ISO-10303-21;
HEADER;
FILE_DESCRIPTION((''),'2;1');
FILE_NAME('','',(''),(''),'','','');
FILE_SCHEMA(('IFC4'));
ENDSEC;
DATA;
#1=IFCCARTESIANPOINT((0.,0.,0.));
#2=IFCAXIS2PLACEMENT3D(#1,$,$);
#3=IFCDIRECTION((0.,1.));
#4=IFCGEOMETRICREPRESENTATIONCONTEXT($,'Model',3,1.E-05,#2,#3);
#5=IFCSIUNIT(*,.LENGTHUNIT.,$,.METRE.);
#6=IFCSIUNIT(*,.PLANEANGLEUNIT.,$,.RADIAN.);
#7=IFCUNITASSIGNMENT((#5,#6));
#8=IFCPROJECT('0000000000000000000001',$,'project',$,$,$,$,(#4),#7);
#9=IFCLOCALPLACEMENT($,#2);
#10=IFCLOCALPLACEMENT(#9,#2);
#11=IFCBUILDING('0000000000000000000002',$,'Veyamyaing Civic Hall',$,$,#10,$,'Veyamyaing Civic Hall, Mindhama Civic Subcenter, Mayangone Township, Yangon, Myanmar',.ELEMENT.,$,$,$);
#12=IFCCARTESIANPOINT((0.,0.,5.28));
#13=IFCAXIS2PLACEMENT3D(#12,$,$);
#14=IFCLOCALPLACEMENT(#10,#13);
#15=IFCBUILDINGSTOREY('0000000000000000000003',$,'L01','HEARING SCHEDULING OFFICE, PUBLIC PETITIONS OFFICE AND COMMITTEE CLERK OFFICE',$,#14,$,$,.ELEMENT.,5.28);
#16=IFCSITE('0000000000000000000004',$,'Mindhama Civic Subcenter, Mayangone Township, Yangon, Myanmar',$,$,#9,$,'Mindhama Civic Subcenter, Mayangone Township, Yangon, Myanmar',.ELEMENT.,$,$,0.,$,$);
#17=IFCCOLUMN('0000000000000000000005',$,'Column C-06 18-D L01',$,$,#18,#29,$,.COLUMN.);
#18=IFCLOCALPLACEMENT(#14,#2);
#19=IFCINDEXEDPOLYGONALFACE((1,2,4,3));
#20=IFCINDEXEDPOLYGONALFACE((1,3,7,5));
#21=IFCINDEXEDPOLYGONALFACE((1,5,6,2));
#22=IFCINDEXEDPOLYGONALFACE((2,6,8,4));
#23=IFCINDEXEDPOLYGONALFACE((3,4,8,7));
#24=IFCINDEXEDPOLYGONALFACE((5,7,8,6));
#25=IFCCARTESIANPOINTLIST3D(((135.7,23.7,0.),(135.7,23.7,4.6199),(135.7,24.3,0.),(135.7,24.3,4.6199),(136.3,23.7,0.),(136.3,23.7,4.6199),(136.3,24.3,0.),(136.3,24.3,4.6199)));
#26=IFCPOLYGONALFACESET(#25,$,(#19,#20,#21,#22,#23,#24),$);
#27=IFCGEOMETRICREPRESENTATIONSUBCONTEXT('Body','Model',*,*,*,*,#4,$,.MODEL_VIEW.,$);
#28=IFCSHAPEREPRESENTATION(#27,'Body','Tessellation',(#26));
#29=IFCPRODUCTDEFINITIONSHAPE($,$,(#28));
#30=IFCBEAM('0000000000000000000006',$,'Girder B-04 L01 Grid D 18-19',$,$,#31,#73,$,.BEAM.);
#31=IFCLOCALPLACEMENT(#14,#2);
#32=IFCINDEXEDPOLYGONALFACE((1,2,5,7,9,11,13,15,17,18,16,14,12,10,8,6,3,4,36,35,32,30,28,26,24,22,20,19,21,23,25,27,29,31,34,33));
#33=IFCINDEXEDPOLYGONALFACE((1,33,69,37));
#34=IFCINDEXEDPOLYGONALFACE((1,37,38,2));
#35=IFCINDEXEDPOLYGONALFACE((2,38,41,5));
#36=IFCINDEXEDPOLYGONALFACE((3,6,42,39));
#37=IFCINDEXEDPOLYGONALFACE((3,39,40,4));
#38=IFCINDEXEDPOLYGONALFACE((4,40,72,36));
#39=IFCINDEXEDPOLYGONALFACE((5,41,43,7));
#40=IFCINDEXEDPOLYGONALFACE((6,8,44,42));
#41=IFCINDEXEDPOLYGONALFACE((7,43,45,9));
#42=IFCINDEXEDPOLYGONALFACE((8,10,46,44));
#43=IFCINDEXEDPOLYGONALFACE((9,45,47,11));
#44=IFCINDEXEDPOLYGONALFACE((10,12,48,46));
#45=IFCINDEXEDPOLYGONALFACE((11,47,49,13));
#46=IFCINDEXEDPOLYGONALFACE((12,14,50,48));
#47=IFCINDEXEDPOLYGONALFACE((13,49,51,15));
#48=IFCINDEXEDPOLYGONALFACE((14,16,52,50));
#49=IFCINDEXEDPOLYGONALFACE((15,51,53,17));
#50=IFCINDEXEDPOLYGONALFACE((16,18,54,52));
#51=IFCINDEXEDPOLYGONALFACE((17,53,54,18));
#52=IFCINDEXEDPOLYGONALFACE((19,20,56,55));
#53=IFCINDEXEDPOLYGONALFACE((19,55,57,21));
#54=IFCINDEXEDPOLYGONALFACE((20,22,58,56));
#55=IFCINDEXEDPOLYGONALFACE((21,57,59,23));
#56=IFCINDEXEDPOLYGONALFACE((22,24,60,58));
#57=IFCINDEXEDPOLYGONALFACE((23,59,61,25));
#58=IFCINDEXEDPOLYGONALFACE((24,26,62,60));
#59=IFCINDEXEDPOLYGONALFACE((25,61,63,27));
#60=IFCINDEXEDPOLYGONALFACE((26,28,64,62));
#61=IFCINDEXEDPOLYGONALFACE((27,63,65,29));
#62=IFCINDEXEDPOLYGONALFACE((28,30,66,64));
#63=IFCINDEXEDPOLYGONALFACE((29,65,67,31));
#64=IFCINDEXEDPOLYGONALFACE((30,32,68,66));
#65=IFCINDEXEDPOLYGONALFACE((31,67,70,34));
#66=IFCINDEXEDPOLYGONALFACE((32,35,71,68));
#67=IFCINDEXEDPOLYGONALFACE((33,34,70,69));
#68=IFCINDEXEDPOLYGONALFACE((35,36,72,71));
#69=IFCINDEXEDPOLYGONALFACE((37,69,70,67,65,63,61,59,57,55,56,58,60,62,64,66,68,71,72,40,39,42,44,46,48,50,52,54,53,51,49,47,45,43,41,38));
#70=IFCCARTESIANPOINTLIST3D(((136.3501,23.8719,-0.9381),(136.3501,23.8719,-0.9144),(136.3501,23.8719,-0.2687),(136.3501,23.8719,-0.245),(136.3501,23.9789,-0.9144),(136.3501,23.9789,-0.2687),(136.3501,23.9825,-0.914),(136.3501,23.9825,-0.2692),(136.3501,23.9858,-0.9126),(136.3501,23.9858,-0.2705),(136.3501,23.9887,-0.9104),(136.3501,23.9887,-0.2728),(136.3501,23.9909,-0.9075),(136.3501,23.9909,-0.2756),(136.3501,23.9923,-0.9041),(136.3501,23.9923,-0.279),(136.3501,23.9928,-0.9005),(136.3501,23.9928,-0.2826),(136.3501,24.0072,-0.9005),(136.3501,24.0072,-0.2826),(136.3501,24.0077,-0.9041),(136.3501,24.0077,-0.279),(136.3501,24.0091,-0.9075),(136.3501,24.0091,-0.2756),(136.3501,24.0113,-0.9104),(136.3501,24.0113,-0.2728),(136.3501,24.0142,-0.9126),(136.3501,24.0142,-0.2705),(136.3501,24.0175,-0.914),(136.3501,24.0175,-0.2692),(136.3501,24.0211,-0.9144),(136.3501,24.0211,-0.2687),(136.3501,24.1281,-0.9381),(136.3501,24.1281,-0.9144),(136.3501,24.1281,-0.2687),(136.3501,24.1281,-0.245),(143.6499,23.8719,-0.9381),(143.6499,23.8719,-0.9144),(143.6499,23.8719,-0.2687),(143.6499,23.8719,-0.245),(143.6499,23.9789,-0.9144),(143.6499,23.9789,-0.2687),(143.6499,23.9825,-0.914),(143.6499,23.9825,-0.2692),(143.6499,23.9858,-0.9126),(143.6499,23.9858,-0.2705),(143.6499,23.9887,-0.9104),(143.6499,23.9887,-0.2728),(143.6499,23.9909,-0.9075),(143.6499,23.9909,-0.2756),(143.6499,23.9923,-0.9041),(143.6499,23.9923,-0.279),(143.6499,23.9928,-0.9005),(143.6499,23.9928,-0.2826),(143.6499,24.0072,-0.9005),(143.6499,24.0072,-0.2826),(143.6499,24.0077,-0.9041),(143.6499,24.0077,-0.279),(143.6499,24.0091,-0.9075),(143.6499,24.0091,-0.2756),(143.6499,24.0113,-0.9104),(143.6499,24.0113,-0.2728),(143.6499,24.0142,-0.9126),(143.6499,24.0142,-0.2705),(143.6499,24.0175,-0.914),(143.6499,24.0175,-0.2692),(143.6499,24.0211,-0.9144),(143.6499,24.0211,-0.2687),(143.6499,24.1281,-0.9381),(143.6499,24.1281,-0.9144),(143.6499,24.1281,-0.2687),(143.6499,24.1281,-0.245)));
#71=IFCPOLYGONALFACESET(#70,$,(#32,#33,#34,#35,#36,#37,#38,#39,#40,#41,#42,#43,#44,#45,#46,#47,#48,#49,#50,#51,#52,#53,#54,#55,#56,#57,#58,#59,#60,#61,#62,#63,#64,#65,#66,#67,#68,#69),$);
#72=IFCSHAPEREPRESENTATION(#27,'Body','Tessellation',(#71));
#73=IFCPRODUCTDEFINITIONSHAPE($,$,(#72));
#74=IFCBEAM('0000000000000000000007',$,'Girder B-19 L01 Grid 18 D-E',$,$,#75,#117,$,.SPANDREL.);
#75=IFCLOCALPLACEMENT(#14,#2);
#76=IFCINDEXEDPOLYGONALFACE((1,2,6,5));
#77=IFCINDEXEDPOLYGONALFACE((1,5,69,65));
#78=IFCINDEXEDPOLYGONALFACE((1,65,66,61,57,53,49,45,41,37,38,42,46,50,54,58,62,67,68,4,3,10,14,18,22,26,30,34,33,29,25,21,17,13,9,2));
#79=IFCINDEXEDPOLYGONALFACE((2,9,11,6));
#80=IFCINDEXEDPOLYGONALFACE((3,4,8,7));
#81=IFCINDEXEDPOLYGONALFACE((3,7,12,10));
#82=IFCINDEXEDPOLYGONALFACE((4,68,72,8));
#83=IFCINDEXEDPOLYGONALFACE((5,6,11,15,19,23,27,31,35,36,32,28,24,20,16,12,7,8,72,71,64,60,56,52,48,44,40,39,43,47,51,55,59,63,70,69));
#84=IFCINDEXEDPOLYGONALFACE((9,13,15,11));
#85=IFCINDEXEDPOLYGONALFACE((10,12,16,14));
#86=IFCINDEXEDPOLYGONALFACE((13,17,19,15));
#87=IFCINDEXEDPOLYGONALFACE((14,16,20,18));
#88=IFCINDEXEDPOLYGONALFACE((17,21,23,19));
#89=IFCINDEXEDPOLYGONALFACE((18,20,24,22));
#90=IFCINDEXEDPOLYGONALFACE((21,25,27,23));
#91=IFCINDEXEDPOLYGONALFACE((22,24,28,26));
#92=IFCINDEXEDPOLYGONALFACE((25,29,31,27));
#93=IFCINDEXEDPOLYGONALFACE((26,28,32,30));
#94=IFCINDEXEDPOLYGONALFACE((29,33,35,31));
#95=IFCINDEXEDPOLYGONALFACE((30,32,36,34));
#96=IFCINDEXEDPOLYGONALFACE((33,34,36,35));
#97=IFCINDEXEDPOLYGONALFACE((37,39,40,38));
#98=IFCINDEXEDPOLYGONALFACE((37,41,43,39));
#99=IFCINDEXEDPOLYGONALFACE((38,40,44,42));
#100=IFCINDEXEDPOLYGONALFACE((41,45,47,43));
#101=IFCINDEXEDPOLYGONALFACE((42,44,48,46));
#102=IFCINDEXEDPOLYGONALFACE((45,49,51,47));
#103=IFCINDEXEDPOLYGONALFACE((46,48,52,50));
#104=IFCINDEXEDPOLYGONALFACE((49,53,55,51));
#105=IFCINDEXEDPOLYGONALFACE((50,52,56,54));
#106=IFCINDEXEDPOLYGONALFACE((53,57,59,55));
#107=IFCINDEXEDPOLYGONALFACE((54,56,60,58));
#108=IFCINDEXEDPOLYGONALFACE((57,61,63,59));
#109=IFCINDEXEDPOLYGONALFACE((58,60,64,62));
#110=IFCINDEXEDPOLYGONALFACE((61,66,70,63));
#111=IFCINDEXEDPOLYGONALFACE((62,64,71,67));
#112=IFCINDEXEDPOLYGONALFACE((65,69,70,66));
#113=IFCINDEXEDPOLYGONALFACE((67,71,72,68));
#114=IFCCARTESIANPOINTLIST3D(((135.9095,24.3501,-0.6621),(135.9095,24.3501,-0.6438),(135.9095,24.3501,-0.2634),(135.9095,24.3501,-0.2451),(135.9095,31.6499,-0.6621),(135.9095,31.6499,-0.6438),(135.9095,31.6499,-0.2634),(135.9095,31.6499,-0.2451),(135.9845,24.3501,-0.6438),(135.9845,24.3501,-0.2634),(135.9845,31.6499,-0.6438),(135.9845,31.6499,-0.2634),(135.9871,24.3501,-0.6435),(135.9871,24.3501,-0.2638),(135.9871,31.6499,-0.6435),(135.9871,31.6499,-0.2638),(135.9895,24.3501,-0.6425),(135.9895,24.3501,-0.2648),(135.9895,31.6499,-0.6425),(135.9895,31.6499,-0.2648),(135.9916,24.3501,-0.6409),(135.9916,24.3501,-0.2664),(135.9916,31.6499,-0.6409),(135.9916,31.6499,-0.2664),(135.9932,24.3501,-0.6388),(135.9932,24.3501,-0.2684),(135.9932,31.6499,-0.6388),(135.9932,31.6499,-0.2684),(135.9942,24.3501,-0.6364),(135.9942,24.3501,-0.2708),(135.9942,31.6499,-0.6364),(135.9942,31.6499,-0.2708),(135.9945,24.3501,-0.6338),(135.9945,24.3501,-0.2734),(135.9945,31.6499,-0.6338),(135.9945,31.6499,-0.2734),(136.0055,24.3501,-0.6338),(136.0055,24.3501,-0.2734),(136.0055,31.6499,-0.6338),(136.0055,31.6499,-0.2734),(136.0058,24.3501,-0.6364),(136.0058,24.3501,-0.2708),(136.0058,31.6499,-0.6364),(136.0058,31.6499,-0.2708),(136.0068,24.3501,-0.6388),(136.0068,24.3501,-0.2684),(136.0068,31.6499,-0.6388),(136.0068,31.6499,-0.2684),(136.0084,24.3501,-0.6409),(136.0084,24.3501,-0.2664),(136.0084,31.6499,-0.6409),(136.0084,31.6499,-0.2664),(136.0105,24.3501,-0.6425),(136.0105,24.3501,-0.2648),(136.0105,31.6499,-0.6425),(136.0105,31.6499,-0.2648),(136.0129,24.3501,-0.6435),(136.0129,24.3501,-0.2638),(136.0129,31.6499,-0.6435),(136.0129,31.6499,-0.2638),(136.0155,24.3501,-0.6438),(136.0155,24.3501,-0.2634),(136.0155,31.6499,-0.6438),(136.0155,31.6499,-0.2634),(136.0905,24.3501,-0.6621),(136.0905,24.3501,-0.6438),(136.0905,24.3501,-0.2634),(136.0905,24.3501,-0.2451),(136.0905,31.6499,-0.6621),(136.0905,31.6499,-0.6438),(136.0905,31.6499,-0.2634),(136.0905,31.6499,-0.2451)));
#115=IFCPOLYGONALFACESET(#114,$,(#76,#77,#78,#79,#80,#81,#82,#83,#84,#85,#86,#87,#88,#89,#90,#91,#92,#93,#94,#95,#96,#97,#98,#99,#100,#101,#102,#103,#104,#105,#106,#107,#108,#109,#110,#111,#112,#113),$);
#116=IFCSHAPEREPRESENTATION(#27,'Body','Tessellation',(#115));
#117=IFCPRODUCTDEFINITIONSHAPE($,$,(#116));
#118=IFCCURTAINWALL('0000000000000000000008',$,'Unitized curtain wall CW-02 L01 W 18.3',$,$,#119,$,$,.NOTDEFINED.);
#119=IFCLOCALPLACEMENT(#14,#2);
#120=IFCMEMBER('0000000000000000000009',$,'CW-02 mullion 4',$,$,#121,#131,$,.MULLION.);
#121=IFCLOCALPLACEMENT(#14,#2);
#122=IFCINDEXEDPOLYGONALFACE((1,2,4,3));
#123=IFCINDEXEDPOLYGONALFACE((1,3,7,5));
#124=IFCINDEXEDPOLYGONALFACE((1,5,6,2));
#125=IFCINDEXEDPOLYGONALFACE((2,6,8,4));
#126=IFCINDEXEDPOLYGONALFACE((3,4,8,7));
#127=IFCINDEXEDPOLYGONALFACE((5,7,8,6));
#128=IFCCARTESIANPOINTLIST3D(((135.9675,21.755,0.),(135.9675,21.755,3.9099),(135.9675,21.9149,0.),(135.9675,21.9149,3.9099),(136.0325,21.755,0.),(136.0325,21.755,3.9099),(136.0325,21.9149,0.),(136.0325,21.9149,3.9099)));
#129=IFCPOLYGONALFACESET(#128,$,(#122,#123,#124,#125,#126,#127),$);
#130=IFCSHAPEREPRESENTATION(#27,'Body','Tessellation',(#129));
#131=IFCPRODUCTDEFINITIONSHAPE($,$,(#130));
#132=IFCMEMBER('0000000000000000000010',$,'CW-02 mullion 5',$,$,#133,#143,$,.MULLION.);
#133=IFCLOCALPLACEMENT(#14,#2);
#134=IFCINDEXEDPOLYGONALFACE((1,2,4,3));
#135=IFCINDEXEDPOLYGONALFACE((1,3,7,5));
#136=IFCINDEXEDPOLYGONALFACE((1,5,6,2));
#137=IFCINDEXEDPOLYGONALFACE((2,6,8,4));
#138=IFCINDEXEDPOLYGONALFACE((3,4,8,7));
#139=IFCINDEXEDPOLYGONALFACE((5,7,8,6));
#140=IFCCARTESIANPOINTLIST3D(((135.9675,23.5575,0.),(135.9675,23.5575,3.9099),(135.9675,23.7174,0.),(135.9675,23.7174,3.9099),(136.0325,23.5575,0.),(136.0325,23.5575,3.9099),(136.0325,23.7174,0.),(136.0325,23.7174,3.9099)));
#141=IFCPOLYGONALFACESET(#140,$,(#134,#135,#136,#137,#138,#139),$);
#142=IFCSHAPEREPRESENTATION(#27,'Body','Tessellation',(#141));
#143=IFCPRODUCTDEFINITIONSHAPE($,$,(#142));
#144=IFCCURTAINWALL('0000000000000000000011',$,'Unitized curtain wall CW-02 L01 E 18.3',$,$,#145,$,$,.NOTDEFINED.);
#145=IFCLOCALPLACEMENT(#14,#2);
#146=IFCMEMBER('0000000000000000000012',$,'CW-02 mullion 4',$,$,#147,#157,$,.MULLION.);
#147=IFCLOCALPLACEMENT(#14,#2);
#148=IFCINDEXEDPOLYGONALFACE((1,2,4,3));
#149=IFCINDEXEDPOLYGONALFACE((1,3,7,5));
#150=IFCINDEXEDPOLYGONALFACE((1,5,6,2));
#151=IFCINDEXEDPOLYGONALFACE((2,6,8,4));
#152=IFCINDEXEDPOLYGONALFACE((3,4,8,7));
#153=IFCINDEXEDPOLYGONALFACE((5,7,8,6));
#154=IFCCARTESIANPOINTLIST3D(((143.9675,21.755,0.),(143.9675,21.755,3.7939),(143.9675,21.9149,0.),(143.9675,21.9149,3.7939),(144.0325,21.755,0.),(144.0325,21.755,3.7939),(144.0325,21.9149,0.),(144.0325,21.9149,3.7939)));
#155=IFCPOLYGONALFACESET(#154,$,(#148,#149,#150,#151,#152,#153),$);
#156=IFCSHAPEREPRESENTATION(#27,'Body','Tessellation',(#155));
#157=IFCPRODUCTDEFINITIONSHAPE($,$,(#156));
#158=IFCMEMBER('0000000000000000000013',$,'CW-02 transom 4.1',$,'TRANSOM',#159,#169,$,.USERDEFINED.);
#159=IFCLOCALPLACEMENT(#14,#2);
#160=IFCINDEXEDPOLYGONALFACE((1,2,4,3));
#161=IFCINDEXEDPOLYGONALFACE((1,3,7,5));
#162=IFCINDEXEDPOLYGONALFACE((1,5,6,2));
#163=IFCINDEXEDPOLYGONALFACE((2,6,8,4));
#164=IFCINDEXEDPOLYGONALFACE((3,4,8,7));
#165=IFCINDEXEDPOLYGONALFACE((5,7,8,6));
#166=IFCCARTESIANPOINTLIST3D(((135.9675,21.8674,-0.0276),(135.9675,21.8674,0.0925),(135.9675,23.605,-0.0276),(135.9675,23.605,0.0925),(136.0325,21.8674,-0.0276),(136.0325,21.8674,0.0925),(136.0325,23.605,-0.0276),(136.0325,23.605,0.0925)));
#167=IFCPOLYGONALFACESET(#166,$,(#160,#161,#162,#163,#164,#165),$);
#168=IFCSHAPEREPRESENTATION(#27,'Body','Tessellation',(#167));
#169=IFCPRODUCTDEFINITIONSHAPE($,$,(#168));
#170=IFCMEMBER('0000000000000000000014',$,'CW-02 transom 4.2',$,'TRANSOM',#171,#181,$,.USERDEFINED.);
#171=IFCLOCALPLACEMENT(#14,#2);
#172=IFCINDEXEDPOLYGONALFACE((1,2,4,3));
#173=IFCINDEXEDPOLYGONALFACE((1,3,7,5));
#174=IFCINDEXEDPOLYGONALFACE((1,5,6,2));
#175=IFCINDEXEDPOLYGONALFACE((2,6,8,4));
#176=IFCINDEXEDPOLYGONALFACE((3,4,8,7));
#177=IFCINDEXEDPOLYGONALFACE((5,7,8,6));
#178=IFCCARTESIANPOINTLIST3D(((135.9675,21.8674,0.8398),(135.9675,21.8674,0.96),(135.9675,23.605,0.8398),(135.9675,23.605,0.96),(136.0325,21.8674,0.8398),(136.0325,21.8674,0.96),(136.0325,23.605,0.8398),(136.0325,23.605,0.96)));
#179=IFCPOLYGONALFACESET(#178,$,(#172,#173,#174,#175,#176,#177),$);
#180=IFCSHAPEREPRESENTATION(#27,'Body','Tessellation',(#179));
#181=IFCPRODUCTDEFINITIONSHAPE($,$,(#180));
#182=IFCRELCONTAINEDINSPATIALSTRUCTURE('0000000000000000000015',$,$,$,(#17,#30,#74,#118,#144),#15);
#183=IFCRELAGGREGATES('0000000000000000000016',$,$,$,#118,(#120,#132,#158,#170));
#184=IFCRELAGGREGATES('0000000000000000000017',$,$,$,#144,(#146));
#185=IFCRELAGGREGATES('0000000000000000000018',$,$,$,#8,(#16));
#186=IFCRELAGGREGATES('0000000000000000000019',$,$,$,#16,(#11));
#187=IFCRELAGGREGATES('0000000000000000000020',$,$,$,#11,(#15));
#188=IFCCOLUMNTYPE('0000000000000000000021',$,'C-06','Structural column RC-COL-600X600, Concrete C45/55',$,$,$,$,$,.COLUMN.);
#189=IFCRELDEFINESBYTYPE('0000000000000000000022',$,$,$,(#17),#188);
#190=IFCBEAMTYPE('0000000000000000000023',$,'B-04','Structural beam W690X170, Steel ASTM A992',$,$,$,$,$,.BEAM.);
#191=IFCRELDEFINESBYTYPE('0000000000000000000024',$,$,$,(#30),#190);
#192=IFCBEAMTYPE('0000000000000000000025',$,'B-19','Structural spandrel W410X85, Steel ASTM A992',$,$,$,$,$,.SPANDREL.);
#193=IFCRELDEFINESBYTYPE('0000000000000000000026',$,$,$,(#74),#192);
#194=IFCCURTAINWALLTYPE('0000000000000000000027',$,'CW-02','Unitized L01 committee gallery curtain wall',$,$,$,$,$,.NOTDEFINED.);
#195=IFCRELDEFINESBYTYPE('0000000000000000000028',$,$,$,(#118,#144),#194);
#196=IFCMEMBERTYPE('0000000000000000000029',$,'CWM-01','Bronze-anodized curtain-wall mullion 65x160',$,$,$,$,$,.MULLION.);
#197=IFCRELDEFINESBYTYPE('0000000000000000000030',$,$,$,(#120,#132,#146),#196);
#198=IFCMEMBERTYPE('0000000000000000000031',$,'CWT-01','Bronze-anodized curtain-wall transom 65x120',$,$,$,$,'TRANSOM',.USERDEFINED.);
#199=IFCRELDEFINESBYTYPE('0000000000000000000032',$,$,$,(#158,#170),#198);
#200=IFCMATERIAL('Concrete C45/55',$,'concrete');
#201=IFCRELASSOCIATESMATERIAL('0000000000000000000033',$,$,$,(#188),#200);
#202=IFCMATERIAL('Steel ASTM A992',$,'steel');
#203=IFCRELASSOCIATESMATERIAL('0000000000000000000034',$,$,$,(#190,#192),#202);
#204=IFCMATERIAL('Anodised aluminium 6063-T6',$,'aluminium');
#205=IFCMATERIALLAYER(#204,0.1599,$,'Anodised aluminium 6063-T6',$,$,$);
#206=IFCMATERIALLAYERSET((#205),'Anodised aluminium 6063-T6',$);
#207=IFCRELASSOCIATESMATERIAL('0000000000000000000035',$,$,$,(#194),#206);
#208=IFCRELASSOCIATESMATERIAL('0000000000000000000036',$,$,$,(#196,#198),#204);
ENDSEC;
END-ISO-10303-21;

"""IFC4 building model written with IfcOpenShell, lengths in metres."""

from ifc_helpers import new_model, si_unit, direction, frame, origin, origin_2d, place, context, subcontext, project, spatial, rectangle, i_section, extrude, material, layer, layer_set, material_profile, profile_set, type_object, element, aggregate, save


model = new_model("IFC4")

# Units and contexts
model_context = context("Model", 3, precision=1e-05, world=origin(), true_north=direction((0.0, 1.0)))
body_context = subcontext(model_context, "Body", "Model", "MODEL_VIEW")
ifc_project = project(units=[si_unit("LENGTHUNIT", "METRE"), si_unit("PLANEANGLEUNIT", "RADIAN")], contexts=[model_context])

# Site, building, storey
site_placement = place(None, origin())
site = spatial("IfcSite", under=ifc_project, at=site_placement, Name="Mindhama Civic Subcenter, Mayangone Township, Yangon, Myanmar", LongName="Mindhama Civic Subcenter, Mayangone Township, Yangon, Myanmar", CompositionType="ELEMENT", RefElevation=0.0)
building_placement = place(site_placement, origin())
building = spatial("IfcBuilding", under=site, at=building_placement, Name="Veyamyaing Civic Hall", LongName="Veyamyaing Civic Hall, Mindhama Civic Subcenter, Mayangone Township, Yangon, Myanmar", CompositionType="ELEMENT")
storey_placement = place(building_placement, frame((0.0, 0.0, 5.28)))
storey = spatial("IfcBuildingStorey", under=building, at=storey_placement, Name="L01", Description="HEARING SCHEDULING OFFICE, PUBLIC PETITIONS OFFICE AND COMMITTEE CLERK OFFICE", CompositionType="ELEMENT", Elevation=5.28)

# Column
ifc_material_1 = material(Name="Concrete C45/55", Category="concrete")
ifc_material_profile_1 = material_profile(ifc_material_1, rectangle(XDim=0.6001, YDim=0.6001, at=origin_2d()), Name="RC-COL-600X600")
ifc_profile_set_1 = profile_set([ifc_material_profile_1], Name="Concrete C45/55")
column_type = type_object("IfcColumnType", Name="C-06", Description="Structural column RC-COL-600X600, Concrete C45/55", PredefinedType="COLUMN", material=ifc_profile_set_1)
column_placement = place(storey_placement, frame((136.0, 24.0, 0.0), z_axis=(0.0, 0.0, 1.0), x_axis=(1.0, 0.0, 0.0)))
element("IfcColumn", 1, at=column_placement, inside=storey, type_object=column_type, Name="Column C-06 18-D L01", PredefinedType="COLUMN", context=body_context, shape_type="SweptSolid", body=[
    extrude(rectangle(XDim=0.6001, YDim=0.6001, at=origin_2d()), origin(), (0.0, 0.0, 1.0), 4.6199),
])

# Beams
ifc_material_2 = material(Name="Steel ASTM A992", Category="steel")
ifc_material_profile_2 = material_profile(ifc_material_2, i_section(OverallWidth=0.2561, OverallDepth=0.6931, WebThickness=0.0144, FlangeThickness=0.0237, FilletRadius=0.0139, at=origin_2d()), Name="W690X170")
ifc_profile_set_2 = profile_set([ifc_material_profile_2], Name="Steel ASTM A992")
beam_type_1 = type_object("IfcBeamType", Name="B-04", Description="Structural beam W690X170, Steel ASTM A992", PredefinedType="BEAM", material=ifc_profile_set_2)
beam_1_placement = place(storey_placement, frame((136.3501, 24.0, -0.5916), z_axis=(1.0, 0.0, 0.0), x_axis=(0.0, 1.0, 0.0)))
element("IfcBeam", 2, at=beam_1_placement, inside=storey, type_object=beam_type_1, Name="Girder B-04 L01 Grid D 18-19", PredefinedType="BEAM", context=body_context, shape_type="SweptSolid", body=[
    extrude(i_section(OverallWidth=0.2561, OverallDepth=0.6931, WebThickness=0.0144, FlangeThickness=0.0237, FilletRadius=0.0139, at=origin_2d()), origin(), (0.0, 0.0, 1.0), 7.2998),
])
ifc_material_profile_3 = material_profile(ifc_material_2, i_section(OverallWidth=0.1809, OverallDepth=0.417, WebThickness=0.011, FlangeThickness=0.0183, FilletRadius=0.01, at=origin_2d()), Name="W410X85")
ifc_profile_set_3 = profile_set([ifc_material_profile_3], Name="Steel ASTM A992")
beam_type_2 = type_object("IfcBeamType", Name="B-19", Description="Structural spandrel W410X85, Steel ASTM A992", PredefinedType="SPANDREL", material=ifc_profile_set_3)
beam_2_placement = place(storey_placement, frame((136.0, 24.3501, -0.4536), z_axis=(0.0, 1.0, 0.0), x_axis=(-1.0, 0.0, 0.0)))
element("IfcBeam", 3, at=beam_2_placement, inside=storey, type_object=beam_type_2, Name="Girder B-19 L01 Grid 18 D-E", PredefinedType="SPANDREL", context=body_context, shape_type="SweptSolid", body=[
    extrude(i_section(OverallWidth=0.1809, OverallDepth=0.417, WebThickness=0.011, FlangeThickness=0.0183, FilletRadius=0.01, at=origin_2d()), origin(), (0.0, 0.0, 1.0), 7.2998),
])

# Curtain wall, members
ifc_material_3 = material(Name="Anodised aluminium 6063-T6", Category="aluminium")
ifc_layer_1 = layer(ifc_material_3, 0.1599, Name="Anodised aluminium 6063-T6")
ifc_layer_set_1 = layer_set([ifc_layer_1], Name="Anodised aluminium 6063-T6")
curtain_wall_type = type_object("IfcCurtainWallType", Name="CW-02", Description="Unitized L01 committee gallery curtain wall", PredefinedType="NOTDEFINED", material=ifc_layer_set_1)
curtain_wall_1_placement = place(storey_placement, origin())
curtain_wall_1 = element("IfcCurtainWall", 4, at=curtain_wall_1_placement, inside=storey, type_object=curtain_wall_type, Name="Unitized curtain wall CW-02 L01 W 18.3", PredefinedType="NOTDEFINED")
ifc_material_profile_4 = material_profile(ifc_material_3, rectangle(XDim=0.0649, YDim=0.1599, at=origin_2d()), Name="ALU-MUL-65X160")
ifc_profile_set_4 = profile_set([ifc_material_profile_4], Name="Anodised aluminium 6063-T6")
member_type_1 = type_object("IfcMemberType", Name="CWM-01", Description="Bronze-anodized curtain-wall mullion 65x160", PredefinedType="MULLION", material=ifc_profile_set_4)
member_1_placement = place(storey_placement, frame((136.0, 21.835, 0.0), z_axis=(0.0, 0.0, 1.0), x_axis=(-1.0, 0.0, 0.0)))
member_1 = element("IfcMember", 5, at=member_1_placement, type_object=member_type_1, Name="CW-02 mullion 4", PredefinedType="MULLION", context=body_context, shape_type="SweptSolid", body=[
    extrude(rectangle(XDim=0.0649, YDim=0.1599, at=origin_2d()), origin(), (0.0, 0.0, 1.0), 3.9099),
])
member_2_placement = place(storey_placement, frame((136.0, 23.6375, 0.0), z_axis=(0.0, 0.0, 1.0), x_axis=(-1.0, 0.0, 0.0)))
member_2 = element("IfcMember", 6, at=member_2_placement, type_object=member_type_1, Name="CW-02 mullion 5", PredefinedType="MULLION", context=body_context, shape_type="SweptSolid", body=[
    extrude(rectangle(XDim=0.0649, YDim=0.1599, at=origin_2d()), origin(), (0.0, 0.0, 1.0), 3.9099),
])

# Curtain wall, member
curtain_wall_2_placement = place(storey_placement, origin())
curtain_wall_2 = element("IfcCurtainWall", 7, at=curtain_wall_2_placement, inside=storey, type_object=curtain_wall_type, Name="Unitized curtain wall CW-02 L01 E 18.3", PredefinedType="NOTDEFINED")
member_3_placement = place(storey_placement, frame((144.0, 21.835, 0.0), z_axis=(0.0, 0.0, 1.0), x_axis=(-1.0, 0.0, 0.0)))
member_3 = element("IfcMember", 8, at=member_3_placement, type_object=member_type_1, Name="CW-02 mullion 4", PredefinedType="MULLION", context=body_context, shape_type="SweptSolid", body=[
    extrude(rectangle(XDim=0.0649, YDim=0.1599, at=origin_2d()), origin(), (0.0, 0.0, 1.0), 3.7939),
])

# Members
ifc_material_profile_5 = material_profile(ifc_material_3, rectangle(XDim=0.0649, YDim=0.1201, at=origin_2d()), Name="ALU-TRN-65X120")
ifc_profile_set_5 = profile_set([ifc_material_profile_5], Name="Anodised aluminium 6063-T6")
member_type_2 = type_object("IfcMemberType", Name="CWT-01", Description="Bronze-anodized curtain-wall transom 65x120", ElementType="TRANSOM", PredefinedType="USERDEFINED", material=ifc_profile_set_5)
member_4_placement = place(storey_placement, frame((136.0, 21.8674, 0.0325), z_axis=(0.0, 1.0, 0.0), x_axis=(-1.0, 0.0, 0.0)))
member_4 = element("IfcMember", 9, at=member_4_placement, type_object=member_type_2, Name="CW-02 transom 4.1", ObjectType="TRANSOM", PredefinedType="USERDEFINED", context=body_context, shape_type="SweptSolid", body=[
    extrude(rectangle(XDim=0.0649, YDim=0.1201, at=origin_2d()), origin(), (0.0, 0.0, 1.0), 1.7375),
])
member_5_placement = place(storey_placement, frame((136.0, 21.8674, 0.8999), z_axis=(0.0, 1.0, 0.0), x_axis=(-1.0, 0.0, 0.0)))
member_5 = element("IfcMember", 10, at=member_5_placement, type_object=member_type_2, Name="CW-02 transom 4.2", ObjectType="TRANSOM", PredefinedType="USERDEFINED", context=body_context, shape_type="SweptSolid", body=[
    extrude(rectangle(XDim=0.0649, YDim=0.1201, at=origin_2d()), origin(), (0.0, 0.0, 1.0), 1.7375),
])

aggregate(curtain_wall_1, [member_1, member_2, member_4, member_5])
aggregate(curtain_wall_2, [member_3])

save(model, "model.ifc")
